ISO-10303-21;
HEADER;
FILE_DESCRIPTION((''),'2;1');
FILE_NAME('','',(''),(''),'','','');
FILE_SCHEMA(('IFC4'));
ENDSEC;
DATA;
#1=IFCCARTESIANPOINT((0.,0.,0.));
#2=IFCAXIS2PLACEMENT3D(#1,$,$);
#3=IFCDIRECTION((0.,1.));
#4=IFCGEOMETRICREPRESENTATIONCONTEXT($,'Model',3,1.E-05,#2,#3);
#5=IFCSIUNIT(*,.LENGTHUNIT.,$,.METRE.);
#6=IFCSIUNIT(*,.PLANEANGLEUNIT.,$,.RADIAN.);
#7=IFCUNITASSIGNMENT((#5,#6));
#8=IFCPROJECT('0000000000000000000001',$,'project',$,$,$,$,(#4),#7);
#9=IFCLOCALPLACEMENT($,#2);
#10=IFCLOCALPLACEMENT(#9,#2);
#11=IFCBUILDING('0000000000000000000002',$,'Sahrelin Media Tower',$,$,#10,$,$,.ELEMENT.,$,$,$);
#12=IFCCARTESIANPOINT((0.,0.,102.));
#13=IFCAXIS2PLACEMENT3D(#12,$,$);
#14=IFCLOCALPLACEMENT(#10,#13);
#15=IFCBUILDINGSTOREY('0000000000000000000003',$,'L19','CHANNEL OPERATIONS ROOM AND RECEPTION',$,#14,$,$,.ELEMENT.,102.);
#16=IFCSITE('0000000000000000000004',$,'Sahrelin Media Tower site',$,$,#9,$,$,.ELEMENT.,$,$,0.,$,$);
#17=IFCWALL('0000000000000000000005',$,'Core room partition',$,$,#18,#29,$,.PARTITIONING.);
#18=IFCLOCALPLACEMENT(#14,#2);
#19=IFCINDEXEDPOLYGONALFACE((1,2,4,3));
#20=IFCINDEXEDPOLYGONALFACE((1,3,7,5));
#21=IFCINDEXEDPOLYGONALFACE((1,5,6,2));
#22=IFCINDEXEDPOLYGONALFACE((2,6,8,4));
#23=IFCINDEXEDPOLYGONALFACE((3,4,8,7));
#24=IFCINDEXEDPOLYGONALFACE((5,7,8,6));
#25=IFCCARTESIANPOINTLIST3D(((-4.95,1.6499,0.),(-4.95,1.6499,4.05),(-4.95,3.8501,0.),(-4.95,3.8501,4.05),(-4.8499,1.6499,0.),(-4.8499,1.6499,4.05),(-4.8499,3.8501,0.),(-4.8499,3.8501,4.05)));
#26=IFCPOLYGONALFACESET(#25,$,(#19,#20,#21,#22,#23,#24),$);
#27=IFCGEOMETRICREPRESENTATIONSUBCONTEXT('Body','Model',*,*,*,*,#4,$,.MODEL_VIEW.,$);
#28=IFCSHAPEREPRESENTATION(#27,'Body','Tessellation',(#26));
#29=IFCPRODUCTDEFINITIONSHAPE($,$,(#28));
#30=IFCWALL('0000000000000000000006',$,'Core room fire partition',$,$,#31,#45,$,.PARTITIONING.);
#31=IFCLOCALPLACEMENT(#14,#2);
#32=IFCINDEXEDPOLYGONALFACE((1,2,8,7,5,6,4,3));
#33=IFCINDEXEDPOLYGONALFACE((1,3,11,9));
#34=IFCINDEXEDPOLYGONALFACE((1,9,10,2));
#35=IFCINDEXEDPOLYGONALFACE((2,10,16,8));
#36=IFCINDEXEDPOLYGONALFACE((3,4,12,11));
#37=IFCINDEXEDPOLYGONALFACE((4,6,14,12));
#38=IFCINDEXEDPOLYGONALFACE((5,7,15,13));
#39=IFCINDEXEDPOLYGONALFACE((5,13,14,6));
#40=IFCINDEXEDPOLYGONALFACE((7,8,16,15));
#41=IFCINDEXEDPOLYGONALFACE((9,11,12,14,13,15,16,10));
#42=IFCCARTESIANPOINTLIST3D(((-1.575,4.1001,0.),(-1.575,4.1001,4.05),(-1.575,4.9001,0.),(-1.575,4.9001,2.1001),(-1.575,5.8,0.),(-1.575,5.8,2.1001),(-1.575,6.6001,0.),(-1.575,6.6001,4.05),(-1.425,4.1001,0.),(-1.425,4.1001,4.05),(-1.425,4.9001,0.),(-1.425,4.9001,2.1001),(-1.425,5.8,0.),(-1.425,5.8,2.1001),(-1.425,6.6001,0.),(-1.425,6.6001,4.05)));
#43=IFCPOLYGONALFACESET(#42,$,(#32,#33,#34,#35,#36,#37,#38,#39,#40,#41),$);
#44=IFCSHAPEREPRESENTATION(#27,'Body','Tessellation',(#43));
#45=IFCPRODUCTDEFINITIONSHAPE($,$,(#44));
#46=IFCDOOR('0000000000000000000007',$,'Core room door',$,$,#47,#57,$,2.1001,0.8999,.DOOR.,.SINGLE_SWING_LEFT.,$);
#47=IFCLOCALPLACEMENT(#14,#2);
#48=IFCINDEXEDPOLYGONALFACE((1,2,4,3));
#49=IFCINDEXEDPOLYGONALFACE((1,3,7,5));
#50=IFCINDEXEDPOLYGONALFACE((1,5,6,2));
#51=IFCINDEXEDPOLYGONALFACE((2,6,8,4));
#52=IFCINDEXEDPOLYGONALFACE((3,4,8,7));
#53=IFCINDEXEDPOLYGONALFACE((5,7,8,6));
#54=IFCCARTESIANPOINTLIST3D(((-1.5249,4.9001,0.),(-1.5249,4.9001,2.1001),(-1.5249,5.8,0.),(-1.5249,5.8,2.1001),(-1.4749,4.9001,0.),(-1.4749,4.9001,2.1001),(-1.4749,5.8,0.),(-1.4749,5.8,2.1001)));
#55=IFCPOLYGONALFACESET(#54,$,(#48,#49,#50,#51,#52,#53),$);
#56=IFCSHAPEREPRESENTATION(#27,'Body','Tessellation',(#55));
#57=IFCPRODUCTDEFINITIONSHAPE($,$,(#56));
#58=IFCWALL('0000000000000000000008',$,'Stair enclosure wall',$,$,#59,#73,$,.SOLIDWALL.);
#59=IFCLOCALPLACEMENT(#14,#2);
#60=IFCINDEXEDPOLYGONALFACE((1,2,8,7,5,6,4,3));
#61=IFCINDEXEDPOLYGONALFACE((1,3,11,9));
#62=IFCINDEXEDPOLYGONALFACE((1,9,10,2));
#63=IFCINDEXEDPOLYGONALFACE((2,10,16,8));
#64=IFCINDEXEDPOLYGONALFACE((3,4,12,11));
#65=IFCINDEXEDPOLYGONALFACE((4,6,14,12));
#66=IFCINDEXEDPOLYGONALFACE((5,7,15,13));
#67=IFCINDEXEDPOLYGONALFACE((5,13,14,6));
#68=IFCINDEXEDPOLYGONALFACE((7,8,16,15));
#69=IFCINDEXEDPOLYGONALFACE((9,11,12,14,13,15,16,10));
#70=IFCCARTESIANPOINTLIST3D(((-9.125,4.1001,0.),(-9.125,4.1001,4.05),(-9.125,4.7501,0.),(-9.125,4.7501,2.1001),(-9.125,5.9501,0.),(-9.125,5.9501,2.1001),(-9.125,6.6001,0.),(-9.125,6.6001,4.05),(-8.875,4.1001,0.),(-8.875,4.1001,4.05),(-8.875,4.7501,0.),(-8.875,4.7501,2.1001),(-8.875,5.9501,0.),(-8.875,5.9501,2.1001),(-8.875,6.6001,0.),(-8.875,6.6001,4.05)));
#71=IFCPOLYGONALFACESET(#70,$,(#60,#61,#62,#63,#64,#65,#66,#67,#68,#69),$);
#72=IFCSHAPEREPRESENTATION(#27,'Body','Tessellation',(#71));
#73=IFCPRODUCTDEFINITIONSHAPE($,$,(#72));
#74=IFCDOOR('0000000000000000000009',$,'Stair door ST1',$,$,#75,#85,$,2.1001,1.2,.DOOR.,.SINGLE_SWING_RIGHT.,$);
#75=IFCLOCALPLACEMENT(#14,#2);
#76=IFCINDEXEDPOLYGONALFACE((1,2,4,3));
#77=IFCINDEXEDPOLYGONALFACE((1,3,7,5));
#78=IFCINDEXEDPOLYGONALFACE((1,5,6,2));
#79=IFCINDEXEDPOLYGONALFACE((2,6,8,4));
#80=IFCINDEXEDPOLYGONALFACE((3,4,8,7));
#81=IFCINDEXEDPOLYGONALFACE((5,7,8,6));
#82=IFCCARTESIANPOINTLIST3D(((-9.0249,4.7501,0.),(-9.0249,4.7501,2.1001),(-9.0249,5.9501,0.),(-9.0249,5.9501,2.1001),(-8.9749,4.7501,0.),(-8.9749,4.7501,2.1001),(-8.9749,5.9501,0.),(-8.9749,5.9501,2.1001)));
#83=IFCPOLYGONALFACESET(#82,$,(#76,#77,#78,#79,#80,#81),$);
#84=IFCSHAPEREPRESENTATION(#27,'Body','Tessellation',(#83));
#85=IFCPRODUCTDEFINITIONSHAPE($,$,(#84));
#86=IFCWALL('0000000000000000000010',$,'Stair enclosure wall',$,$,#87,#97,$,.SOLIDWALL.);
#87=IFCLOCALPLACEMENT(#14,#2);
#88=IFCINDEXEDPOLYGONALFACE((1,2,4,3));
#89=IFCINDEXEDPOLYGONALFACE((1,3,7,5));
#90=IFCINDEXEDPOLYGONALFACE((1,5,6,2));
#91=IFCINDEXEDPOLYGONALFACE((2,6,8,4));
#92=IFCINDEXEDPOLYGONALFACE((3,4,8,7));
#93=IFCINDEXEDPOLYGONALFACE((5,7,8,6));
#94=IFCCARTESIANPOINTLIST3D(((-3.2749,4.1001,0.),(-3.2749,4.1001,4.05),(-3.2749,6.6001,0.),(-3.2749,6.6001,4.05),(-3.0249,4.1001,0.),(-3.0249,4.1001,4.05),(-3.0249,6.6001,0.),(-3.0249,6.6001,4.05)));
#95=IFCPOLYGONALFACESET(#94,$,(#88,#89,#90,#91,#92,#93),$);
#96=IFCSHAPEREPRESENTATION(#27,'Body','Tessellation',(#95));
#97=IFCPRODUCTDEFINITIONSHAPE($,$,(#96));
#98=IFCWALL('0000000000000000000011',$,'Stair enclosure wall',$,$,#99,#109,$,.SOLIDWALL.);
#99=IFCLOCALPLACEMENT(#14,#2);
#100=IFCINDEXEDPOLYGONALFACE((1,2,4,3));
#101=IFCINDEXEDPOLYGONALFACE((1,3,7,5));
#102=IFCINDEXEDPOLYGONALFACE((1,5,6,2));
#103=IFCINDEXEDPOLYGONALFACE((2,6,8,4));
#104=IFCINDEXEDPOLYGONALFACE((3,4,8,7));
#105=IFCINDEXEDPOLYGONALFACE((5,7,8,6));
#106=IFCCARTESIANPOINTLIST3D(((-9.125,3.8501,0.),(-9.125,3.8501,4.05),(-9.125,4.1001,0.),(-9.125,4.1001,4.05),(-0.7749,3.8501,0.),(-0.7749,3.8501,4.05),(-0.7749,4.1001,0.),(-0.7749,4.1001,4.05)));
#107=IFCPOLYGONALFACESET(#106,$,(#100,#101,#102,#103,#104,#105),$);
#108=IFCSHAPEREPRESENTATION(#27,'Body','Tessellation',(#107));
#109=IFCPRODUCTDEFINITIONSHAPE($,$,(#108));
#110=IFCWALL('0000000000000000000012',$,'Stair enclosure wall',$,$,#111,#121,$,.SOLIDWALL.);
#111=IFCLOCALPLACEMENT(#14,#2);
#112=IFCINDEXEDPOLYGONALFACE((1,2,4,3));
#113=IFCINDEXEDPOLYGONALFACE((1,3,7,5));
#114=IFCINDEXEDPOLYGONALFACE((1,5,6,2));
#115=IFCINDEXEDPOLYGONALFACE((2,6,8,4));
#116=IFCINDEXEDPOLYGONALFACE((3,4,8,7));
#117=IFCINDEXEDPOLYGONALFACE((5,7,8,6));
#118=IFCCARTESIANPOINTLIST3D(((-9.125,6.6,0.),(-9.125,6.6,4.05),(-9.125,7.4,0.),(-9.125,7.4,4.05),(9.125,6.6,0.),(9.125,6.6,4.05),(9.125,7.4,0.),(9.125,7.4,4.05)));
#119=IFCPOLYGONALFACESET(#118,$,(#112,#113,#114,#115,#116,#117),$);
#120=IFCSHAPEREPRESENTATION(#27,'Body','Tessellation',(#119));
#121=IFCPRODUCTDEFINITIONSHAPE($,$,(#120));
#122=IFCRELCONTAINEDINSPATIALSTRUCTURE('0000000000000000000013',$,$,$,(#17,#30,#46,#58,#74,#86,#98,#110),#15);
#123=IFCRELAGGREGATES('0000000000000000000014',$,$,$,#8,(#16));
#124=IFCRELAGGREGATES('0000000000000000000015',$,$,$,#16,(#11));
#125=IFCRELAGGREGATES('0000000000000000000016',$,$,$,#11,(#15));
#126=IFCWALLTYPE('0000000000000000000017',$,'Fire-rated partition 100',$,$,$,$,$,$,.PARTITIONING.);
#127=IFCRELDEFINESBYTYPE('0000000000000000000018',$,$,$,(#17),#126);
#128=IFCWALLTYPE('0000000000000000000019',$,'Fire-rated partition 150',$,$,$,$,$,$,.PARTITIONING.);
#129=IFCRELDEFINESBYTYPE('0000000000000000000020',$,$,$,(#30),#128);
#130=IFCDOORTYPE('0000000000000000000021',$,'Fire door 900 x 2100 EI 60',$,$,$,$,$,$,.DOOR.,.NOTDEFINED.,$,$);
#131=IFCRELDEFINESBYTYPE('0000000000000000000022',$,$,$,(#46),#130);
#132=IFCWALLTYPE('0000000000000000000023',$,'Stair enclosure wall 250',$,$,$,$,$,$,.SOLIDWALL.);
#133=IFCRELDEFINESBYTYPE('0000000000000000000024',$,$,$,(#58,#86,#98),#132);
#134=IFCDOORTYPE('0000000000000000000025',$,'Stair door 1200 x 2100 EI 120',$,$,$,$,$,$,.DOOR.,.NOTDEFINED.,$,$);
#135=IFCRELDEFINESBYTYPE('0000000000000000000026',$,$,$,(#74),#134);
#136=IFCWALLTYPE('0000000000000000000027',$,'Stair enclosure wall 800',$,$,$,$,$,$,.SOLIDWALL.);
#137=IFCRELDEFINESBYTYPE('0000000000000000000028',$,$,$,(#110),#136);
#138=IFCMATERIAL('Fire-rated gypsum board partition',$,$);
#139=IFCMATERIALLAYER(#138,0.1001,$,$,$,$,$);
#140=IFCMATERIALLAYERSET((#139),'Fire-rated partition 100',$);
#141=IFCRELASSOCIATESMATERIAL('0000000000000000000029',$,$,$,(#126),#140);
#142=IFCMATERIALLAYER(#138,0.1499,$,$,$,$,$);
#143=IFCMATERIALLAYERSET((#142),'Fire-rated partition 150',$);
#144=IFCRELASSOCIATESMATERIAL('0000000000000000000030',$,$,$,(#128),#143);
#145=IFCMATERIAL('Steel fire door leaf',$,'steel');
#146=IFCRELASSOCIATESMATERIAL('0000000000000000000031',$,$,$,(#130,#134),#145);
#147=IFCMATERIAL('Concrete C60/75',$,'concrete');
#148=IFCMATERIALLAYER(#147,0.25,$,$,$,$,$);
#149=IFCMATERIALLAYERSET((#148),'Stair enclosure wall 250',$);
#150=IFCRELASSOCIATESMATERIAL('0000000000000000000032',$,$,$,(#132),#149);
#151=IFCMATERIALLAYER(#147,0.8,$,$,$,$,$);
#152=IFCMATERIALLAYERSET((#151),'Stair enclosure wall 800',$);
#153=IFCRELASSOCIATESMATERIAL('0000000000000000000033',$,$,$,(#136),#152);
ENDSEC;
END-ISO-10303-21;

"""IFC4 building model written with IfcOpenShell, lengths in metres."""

from ifc_helpers import new_model, si_unit, direction, frame, frame_2d, origin, place, context, subcontext, project, spatial, rectangle, extrude, material, layer, layer_set, type_object, element, fill, save


model = new_model("IFC4")

# Units and contexts
model_context = context("Model", 3, precision=1e-05, world=origin(), true_north=direction((0.0, 1.0)))
body_context = subcontext(model_context, "Body", "Model", "MODEL_VIEW")
ifc_project = project(units=[si_unit("LENGTHUNIT", "METRE"), si_unit("PLANEANGLEUNIT", "RADIAN")], contexts=[model_context])

# Site, building, storey
site_placement = place(None, origin())
site = spatial("IfcSite", under=ifc_project, at=site_placement, Name="Sahrelin Media Tower site", CompositionType="ELEMENT", RefElevation=0.0)
building_placement = place(site_placement, origin())
building = spatial("IfcBuilding", under=site, at=building_placement, Name="Sahrelin Media Tower", CompositionType="ELEMENT")
storey_placement = place(building_placement, frame((0.0, 0.0, 102.0)))
storey = spatial("IfcBuildingStorey", under=building, at=storey_placement, Name="L19", Description="CHANNEL OPERATIONS ROOM AND RECEPTION", CompositionType="ELEMENT", Elevation=102.0)

# Shared definitions
ifc_material_1 = material(Name="Concrete C60/75", Category="concrete")

# Shared definitions
ifc_material_2 = material(Name="Fire-rated gypsum board partition")
ifc_material_3 = material(Name="Steel fire door leaf", Category="steel")

# Wall
ifc_layer_1 = layer(ifc_material_2, 0.1001)
ifc_layer_set_1 = layer_set([ifc_layer_1], Name="Fire-rated partition 100")
wall_type_1 = type_object("IfcWallType", Name="Fire-rated partition 100", PredefinedType="PARTITIONING", material=ifc_layer_set_1)
wall_1_placement = place(storey_placement, frame((-4.8999, 1.6499, 0.0), z_axis=(0.0, 0.0, 1.0), x_axis=(0.0, 1.0, 0.0)))
element("IfcWall", 1, at=wall_1_placement, inside=storey, type_object=wall_type_1, Name="Core room partition", PredefinedType="PARTITIONING", context=body_context, shape_type="SweptSolid", body=[
    extrude(rectangle(XDim=2.2002, YDim=0.1001, at=frame_2d((1.1001, 0.0))), origin(), (0.0, 0.0, 1.0), 4.05),
])

# Walls, openings, doors
ifc_layer_2 = layer(ifc_material_2, 0.1499)
ifc_layer_set_2 = layer_set([ifc_layer_2], Name="Fire-rated partition 150")
wall_type_2 = type_object("IfcWallType", Name="Fire-rated partition 150", PredefinedType="PARTITIONING", material=ifc_layer_set_2)
wall_2_placement = place(storey_placement, frame((-1.5, 4.1001, 0.0), z_axis=(0.0, 0.0, 1.0), x_axis=(0.0, 1.0, 0.0)))
wall_2 = element("IfcWall", 2, at=wall_2_placement, inside=storey, type_object=wall_type_2, Name="Core room fire partition", PredefinedType="PARTITIONING", context=body_context, shape_type="SweptSolid", body=[
    extrude(rectangle(XDim=2.5, YDim=0.1499, at=frame_2d((1.25, 0.0))), origin(), (0.0, 0.0, 1.0), 4.05),
])
opening_1_placement = place(wall_2_placement, frame((0.8, 0.0, 0.0)))
opening_1 = element("IfcOpeningElement", 3, at=opening_1_placement, cuts=wall_2, PredefinedType="OPENING", context=body_context, shape_type="SweptSolid", body=[
    extrude(rectangle(XDim=0.8999, YDim=2.1001, at=frame_2d((0.45, 1.05))), frame((0.0, 0.075, 0.0), z_axis=(0.0, -1.0, 0.0), x_axis=(1.0, 0.0, 0.0)), (0.0, 0.0, 1.0), 0.1499),
])
door_type_1 = type_object("IfcDoorType", Name="Fire door 900 x 2100 EI 60", OperationType="NOTDEFINED", PredefinedType="DOOR", material=ifc_material_3)
door_1_placement = place(opening_1_placement, origin())
door_1 = element("IfcDoor", 4, at=door_1_placement, inside=storey, type_object=door_type_1, Name="Core room door", OperationType="SINGLE_SWING_LEFT", OverallHeight=2.1001, OverallWidth=0.8999, PredefinedType="DOOR", context=body_context, shape_type="SweptSolid", body=[
    extrude(rectangle(XDim=0.8999, YDim=2.1001, at=frame_2d((0.45, 1.05))), frame((0.0, 0.0249, 0.0), z_axis=(0.0, -1.0, 0.0), x_axis=(1.0, 0.0, 0.0)), (0.0, 0.0, 1.0), 0.05),
])
fill(opening_1, door_1)
ifc_layer_3 = layer(ifc_material_1, 0.25)
ifc_layer_set_3 = layer_set([ifc_layer_3], Name="Stair enclosure wall 250")
wall_type_3 = type_object("IfcWallType", Name="Stair enclosure wall 250", PredefinedType="SOLIDWALL", material=ifc_layer_set_3)
wall_3_placement = place(storey_placement, frame((-9.0, 4.1001, 0.0), z_axis=(0.0, 0.0, 1.0), x_axis=(0.0, 1.0, 0.0)))
wall_3 = element("IfcWall", 5, at=wall_3_placement, inside=storey, type_object=wall_type_3, Name="Stair enclosure wall", PredefinedType="SOLIDWALL", context=body_context, shape_type="SweptSolid", body=[
    extrude(rectangle(XDim=2.5, YDim=0.25, at=frame_2d((1.25, 0.0))), origin(), (0.0, 0.0, 1.0), 4.05),
])
opening_2_placement = place(wall_3_placement, frame((0.6499, 0.0, 0.0)))
opening_2 = element("IfcOpeningElement", 6, at=opening_2_placement, cuts=wall_3, PredefinedType="OPENING", context=body_context, shape_type="SweptSolid", body=[
    extrude(rectangle(XDim=1.2, YDim=2.1001, at=frame_2d((0.6001, 1.05))), frame((0.0, 0.125, 0.0), z_axis=(0.0, -1.0, 0.0), x_axis=(1.0, 0.0, 0.0)), (0.0, 0.0, 1.0), 0.25),
])
door_type_2 = type_object("IfcDoorType", Name="Stair door 1200 x 2100 EI 120", OperationType="NOTDEFINED", PredefinedType="DOOR", material=ifc_material_3)
door_2_placement = place(opening_2_placement, origin())
door_2 = element("IfcDoor", 7, at=door_2_placement, inside=storey, type_object=door_type_2, Name="Stair door ST1", OperationType="SINGLE_SWING_RIGHT", OverallHeight=2.1001, OverallWidth=1.2, PredefinedType="DOOR", context=body_context, shape_type="SweptSolid", body=[
    extrude(rectangle(XDim=1.2, YDim=2.1001, at=frame_2d((0.6001, 1.05))), frame((0.0, 0.0249, 0.0), z_axis=(0.0, -1.0, 0.0), x_axis=(1.0, 0.0, 0.0)), (0.0, 0.0, 1.0), 0.05),
])
fill(opening_2, door_2)

# Walls
wall_4_placement = place(storey_placement, frame((-3.1499, 4.1001, 0.0), z_axis=(0.0, 0.0, 1.0), x_axis=(0.0, 1.0, 0.0)))
element("IfcWall", 8, at=wall_4_placement, inside=storey, type_object=wall_type_3, Name="Stair enclosure wall", PredefinedType="SOLIDWALL", context=body_context, shape_type="SweptSolid", body=[
    extrude(rectangle(XDim=2.5, YDim=0.25, at=frame_2d((1.25, 0.0))), origin(), (0.0, 0.0, 1.0), 4.05),
])
wall_5_placement = place(storey_placement, frame((-9.125, 3.9751, 0.0), z_axis=(0.0, 0.0, 1.0), x_axis=(1.0, 0.0, 0.0)))
element("IfcWall", 9, at=wall_5_placement, inside=storey, type_object=wall_type_3, Name="Stair enclosure wall", PredefinedType="SOLIDWALL", context=body_context, shape_type="SweptSolid", body=[
    extrude(rectangle(XDim=8.3501, YDim=0.25, at=frame_2d((4.175, 0.0))), origin(), (0.0, 0.0, 1.0), 4.05),
])
ifc_layer_4 = layer(ifc_material_1, 0.8)
ifc_layer_set_4 = layer_set([ifc_layer_4], Name="Stair enclosure wall 800")
wall_type_4 = type_object("IfcWallType", Name="Stair enclosure wall 800", PredefinedType="SOLIDWALL", material=ifc_layer_set_4)
wall_6_placement = place(storey_placement, frame((-9.125, 7.0, 0.0), z_axis=(0.0, 0.0, 1.0), x_axis=(1.0, 0.0, 0.0)))
element("IfcWall", 10, at=wall_6_placement, inside=storey, type_object=wall_type_4, Name="Stair enclosure wall", PredefinedType="SOLIDWALL", context=body_context, shape_type="SweptSolid", body=[
    extrude(rectangle(XDim=18.25, YDim=0.8, at=frame_2d((9.125, 0.0))), origin(), (0.0, 0.0, 1.0), 4.05),
])

save(model, "model.ifc")
